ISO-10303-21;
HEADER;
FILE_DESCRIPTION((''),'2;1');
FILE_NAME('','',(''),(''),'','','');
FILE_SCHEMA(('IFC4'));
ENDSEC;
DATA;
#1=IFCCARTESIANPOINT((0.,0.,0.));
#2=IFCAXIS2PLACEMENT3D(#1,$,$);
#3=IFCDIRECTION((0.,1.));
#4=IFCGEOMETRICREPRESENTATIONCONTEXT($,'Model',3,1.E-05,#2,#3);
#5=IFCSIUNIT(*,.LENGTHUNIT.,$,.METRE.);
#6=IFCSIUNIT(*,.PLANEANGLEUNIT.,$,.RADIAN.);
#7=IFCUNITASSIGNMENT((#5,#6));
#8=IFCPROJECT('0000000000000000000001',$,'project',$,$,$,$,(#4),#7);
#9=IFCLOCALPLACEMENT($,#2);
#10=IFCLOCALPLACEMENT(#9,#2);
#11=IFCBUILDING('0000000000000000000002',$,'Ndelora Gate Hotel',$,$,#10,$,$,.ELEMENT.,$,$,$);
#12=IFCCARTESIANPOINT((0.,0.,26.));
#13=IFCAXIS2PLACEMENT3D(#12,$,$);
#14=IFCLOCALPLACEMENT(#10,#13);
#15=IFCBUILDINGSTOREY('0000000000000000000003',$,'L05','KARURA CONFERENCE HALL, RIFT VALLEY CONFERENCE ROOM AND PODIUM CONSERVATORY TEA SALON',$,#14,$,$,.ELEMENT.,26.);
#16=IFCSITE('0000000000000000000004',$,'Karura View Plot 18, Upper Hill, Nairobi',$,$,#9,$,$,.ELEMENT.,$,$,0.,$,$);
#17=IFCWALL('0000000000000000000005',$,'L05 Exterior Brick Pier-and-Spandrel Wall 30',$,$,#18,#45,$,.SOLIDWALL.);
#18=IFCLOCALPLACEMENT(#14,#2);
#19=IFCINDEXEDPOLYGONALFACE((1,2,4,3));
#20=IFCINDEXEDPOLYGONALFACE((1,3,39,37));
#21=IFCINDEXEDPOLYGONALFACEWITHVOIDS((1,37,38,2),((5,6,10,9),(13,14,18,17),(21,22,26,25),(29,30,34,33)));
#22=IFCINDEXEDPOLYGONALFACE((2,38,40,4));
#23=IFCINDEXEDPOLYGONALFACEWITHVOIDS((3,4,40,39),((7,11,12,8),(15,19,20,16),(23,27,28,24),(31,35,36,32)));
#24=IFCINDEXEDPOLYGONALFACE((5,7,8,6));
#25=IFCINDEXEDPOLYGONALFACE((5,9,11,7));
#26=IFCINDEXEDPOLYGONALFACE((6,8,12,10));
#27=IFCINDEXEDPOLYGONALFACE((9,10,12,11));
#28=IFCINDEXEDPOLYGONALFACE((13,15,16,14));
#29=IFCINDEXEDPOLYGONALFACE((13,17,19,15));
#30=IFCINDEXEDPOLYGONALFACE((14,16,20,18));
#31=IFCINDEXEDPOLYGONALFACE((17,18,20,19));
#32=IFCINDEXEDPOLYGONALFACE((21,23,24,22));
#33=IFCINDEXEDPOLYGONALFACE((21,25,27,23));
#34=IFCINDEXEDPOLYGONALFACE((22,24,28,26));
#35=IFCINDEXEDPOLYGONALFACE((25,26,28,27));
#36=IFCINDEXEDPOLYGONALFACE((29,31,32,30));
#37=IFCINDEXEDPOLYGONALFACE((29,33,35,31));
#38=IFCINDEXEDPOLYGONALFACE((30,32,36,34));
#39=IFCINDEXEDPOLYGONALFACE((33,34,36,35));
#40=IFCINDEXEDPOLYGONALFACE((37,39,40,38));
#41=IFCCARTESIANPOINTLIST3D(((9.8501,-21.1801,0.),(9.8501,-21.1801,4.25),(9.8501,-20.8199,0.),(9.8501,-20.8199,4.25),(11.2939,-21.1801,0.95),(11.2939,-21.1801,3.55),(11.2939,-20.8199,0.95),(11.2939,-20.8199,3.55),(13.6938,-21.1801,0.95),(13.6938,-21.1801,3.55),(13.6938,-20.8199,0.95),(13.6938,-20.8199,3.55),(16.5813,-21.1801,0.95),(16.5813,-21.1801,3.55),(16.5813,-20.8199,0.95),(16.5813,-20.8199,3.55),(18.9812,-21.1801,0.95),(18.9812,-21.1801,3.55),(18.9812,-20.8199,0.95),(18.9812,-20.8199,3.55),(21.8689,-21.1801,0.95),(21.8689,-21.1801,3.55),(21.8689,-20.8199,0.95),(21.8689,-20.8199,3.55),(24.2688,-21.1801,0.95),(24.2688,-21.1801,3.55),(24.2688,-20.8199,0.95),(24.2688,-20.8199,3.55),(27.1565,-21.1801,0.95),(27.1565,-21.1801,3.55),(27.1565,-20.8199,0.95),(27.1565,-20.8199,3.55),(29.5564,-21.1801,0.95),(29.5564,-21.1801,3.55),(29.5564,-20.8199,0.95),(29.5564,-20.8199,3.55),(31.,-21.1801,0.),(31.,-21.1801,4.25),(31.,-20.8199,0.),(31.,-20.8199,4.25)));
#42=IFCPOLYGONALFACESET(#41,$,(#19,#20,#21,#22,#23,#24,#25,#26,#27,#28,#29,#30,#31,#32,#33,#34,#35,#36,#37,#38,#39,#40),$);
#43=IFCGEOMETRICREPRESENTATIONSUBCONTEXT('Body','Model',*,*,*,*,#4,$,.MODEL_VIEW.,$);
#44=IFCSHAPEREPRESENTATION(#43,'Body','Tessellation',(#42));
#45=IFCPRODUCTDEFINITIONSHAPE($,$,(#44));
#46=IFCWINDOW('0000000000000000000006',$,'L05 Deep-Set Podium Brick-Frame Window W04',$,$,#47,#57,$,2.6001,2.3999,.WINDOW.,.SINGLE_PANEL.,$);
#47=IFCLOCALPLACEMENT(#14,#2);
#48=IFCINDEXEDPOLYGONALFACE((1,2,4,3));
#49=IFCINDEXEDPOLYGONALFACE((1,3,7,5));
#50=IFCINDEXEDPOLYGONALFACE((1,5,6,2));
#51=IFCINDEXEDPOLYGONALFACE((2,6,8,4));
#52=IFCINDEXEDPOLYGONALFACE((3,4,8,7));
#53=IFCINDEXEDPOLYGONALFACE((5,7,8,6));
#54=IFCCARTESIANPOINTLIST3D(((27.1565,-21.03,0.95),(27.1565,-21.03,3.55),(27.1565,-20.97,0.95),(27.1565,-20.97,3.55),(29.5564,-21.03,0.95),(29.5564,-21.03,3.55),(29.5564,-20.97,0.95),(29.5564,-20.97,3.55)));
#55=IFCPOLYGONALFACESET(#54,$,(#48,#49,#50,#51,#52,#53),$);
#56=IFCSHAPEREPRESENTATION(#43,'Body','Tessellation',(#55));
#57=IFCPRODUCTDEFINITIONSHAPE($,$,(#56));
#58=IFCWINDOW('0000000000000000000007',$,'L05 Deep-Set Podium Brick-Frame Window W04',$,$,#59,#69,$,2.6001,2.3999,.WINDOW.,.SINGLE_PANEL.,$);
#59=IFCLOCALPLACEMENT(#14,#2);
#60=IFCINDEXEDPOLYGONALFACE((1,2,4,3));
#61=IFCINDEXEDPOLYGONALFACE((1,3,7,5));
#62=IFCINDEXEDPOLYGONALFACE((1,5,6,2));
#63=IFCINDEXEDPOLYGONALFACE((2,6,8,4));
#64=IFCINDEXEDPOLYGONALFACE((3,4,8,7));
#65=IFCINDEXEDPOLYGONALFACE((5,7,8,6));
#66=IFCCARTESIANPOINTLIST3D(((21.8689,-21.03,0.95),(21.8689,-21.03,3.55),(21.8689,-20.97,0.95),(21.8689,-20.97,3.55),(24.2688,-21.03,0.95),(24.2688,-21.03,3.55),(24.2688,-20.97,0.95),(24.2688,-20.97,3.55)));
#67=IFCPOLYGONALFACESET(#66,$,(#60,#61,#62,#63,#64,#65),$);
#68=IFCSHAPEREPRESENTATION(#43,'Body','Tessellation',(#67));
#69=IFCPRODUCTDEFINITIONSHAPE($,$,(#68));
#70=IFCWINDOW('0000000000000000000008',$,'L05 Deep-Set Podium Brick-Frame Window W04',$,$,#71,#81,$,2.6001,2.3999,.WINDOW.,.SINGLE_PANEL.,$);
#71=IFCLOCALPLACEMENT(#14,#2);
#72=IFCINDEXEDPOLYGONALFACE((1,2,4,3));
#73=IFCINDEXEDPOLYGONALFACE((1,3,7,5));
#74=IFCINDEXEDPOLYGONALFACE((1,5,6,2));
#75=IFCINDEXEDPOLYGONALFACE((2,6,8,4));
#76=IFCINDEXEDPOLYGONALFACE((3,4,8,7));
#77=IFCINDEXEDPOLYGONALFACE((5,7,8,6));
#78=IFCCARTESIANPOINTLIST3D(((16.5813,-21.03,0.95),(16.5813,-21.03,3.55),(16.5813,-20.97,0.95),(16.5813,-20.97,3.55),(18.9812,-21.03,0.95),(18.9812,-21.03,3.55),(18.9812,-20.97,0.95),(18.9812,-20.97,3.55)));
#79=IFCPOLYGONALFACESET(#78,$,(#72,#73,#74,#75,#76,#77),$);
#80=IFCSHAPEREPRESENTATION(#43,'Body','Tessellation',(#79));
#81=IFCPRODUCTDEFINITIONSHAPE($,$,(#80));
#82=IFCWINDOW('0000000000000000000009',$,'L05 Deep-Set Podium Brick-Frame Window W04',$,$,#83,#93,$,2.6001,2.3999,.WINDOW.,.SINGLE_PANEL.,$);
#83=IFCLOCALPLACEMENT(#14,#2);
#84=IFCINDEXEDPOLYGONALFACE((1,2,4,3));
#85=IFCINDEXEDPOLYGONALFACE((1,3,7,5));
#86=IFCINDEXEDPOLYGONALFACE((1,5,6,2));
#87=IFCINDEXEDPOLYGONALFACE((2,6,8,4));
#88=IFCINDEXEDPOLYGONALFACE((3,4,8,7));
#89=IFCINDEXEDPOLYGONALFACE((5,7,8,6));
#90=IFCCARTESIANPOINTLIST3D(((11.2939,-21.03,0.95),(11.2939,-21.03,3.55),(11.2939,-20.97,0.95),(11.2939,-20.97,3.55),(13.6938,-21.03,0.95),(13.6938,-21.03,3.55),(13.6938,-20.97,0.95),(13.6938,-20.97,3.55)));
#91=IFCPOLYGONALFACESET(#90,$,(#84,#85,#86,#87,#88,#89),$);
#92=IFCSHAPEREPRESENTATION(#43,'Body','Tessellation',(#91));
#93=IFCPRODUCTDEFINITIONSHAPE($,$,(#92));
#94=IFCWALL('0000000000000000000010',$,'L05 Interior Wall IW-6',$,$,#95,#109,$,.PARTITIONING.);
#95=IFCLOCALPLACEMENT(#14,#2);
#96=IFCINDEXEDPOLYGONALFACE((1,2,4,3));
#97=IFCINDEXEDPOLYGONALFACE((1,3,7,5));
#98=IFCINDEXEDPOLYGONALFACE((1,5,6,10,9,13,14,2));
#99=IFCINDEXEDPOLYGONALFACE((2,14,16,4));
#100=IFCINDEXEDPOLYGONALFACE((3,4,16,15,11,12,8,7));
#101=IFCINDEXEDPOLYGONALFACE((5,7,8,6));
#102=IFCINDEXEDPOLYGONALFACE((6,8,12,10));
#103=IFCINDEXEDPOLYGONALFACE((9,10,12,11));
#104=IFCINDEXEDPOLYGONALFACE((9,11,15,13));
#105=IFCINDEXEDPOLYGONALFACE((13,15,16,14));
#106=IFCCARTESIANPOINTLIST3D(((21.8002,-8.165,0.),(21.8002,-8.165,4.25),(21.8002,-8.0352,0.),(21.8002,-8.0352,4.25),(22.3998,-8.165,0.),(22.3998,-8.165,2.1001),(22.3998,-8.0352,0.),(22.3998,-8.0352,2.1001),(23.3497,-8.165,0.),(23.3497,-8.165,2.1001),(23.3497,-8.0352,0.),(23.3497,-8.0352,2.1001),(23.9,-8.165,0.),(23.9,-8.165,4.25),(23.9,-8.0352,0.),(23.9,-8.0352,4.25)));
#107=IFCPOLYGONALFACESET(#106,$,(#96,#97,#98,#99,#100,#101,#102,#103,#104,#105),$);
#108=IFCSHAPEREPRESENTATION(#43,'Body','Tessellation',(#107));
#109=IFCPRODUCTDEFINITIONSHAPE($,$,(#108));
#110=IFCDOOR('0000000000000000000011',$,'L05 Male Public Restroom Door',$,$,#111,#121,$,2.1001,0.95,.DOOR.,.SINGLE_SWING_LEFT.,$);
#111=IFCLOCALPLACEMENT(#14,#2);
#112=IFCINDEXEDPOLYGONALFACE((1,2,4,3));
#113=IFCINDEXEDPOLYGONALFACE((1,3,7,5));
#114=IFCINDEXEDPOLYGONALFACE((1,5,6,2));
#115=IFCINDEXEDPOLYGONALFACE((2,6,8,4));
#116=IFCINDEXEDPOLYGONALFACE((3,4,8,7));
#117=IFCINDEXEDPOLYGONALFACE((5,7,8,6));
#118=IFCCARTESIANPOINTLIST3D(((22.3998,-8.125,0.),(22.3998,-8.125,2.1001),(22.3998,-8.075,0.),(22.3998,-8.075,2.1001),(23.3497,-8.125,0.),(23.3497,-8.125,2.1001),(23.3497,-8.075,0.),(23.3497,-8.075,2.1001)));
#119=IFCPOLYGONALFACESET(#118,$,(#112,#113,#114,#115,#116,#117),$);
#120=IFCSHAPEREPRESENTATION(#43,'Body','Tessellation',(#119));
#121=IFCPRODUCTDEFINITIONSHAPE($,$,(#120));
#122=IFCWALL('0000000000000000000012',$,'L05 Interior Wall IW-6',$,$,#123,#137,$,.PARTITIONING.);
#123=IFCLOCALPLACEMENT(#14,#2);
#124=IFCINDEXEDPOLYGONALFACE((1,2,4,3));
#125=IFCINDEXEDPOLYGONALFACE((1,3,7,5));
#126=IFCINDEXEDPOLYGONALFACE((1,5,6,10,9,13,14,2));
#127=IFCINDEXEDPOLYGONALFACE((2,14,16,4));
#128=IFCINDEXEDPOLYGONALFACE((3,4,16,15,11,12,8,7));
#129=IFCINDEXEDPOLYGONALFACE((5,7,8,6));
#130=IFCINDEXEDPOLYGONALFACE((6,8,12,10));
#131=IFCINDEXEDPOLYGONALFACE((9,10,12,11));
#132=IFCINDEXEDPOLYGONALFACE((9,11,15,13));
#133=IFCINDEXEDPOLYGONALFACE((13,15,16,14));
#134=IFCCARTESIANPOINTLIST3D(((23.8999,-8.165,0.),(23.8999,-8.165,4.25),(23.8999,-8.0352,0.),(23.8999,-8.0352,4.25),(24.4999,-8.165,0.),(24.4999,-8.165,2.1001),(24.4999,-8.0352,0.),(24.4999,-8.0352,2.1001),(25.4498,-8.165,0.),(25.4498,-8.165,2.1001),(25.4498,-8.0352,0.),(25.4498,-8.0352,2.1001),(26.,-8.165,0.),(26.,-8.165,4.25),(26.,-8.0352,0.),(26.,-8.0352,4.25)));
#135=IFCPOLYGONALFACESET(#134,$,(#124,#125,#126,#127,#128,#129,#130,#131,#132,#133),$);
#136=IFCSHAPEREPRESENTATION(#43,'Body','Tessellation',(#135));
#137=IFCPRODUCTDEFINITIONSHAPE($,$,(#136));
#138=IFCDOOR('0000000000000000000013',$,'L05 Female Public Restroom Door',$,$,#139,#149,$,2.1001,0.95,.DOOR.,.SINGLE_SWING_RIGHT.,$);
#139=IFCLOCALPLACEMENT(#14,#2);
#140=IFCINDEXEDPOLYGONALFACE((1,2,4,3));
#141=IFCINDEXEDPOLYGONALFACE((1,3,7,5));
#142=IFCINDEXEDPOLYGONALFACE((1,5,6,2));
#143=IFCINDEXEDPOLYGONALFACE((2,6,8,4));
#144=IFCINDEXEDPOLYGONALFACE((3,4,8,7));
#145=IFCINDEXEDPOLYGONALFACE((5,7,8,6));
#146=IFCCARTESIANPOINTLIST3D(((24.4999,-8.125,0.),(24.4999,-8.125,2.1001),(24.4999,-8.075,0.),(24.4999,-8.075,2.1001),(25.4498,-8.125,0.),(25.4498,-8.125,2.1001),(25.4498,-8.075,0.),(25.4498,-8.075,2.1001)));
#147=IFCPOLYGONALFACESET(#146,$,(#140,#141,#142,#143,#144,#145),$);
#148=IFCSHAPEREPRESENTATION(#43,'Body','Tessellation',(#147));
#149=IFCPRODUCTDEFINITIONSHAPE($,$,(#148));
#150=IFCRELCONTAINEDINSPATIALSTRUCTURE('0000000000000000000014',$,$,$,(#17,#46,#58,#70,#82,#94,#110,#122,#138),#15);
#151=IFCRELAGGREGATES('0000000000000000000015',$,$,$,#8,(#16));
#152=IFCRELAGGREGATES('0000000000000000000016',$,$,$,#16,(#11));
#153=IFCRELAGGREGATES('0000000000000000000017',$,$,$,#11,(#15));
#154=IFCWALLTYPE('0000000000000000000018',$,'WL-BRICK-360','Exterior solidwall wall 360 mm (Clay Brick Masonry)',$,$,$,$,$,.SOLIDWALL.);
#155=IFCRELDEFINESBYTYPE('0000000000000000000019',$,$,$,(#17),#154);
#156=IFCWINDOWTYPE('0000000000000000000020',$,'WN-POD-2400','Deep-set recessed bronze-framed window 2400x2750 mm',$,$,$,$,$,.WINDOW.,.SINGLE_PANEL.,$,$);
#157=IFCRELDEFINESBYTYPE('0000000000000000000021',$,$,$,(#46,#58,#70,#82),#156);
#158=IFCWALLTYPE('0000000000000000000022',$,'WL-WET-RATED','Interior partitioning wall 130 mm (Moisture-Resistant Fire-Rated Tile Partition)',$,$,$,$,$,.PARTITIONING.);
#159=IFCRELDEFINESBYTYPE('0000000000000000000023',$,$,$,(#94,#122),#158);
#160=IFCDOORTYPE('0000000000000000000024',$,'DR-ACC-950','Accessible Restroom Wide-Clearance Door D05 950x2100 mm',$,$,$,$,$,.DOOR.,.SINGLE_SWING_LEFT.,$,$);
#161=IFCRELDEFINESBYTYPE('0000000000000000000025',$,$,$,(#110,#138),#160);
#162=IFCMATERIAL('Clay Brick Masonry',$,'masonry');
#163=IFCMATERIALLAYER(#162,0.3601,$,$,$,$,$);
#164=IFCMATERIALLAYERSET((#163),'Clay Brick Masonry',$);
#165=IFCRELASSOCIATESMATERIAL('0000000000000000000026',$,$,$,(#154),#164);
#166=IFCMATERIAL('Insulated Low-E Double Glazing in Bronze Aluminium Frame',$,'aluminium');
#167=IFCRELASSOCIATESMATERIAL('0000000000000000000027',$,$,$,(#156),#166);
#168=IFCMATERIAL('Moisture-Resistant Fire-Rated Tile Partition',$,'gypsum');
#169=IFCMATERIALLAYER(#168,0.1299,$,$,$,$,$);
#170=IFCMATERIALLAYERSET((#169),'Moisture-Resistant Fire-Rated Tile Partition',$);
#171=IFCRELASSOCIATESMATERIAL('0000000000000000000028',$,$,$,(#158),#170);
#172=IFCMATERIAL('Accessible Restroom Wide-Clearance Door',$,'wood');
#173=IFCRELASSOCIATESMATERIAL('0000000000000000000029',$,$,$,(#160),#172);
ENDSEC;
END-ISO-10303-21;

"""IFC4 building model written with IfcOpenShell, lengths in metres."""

from ifc_helpers import new_model, si_unit, direction, frame, frame_2d, origin, place, context, subcontext, project, spatial, rectangle, extrude, material, layer, layer_set, type_object, element, fill, save


model = new_model("IFC4")

# Units and contexts
model_context = context("Model", 3, precision=1e-05, world=origin(), true_north=direction((0.0, 1.0)))
body_context = subcontext(model_context, "Body", "Model", "MODEL_VIEW")
ifc_project = project(units=[si_unit("LENGTHUNIT", "METRE"), si_unit("PLANEANGLEUNIT", "RADIAN")], contexts=[model_context])

# Site, building, storey
site_placement = place(None, origin())
site = spatial("IfcSite", under=ifc_project, at=site_placement, Name="Karura View Plot 18, Upper Hill, Nairobi", CompositionType="ELEMENT", RefElevation=0.0)
building_placement = place(site_placement, origin())
building = spatial("IfcBuilding", under=site, at=building_placement, Name="Ndelora Gate Hotel", CompositionType="ELEMENT")
storey_placement = place(building_placement, frame((0.0, 0.0, 26.0)))
storey = spatial("IfcBuildingStorey", under=building, at=storey_placement, Name="L05", Description="KARURA CONFERENCE HALL, RIFT VALLEY CONFERENCE ROOM AND PODIUM CONSERVATORY TEA SALON", CompositionType="ELEMENT", Elevation=26.0)

# Shared definitions
ifc_material_1 = material(Name="Clay Brick Masonry", Category="masonry")
ifc_layer_1 = layer(ifc_material_1, 0.3601)
ifc_layer_set_1 = layer_set([ifc_layer_1], Name="Clay Brick Masonry")
wall_type_1 = type_object("IfcWallType", Name="WL-BRICK-360", Description="Exterior solidwall wall 360 mm (Clay Brick Masonry)", PredefinedType="SOLIDWALL", material=ifc_layer_set_1)

# Wall, openings, windows
wall_1_placement = place(storey_placement, frame((31.0, -21.0, 0.0), z_axis=(0.0, 0.0, 1.0), x_axis=(-1.0, 0.0, 0.0)))
wall_1 = element("IfcWall", 1, at=wall_1_placement, inside=storey, type_object=wall_type_1, Name="L05 Exterior Brick Pier-and-Spandrel Wall 30", PredefinedType="SOLIDWALL", context=body_context, shape_type="SweptSolid", body=[
    extrude(rectangle(XDim=21.1499, YDim=0.3601, at=frame_2d((10.575, 0.0))), origin(), (0.0, 0.0, 1.0), 4.25),
])
opening_1_placement = place(wall_1_placement, frame((1.4436, 0.0, 0.95)))
opening_1 = element("IfcOpeningElement", 2, at=opening_1_placement, cuts=wall_1, PredefinedType="OPENING", context=body_context, shape_type="SweptSolid", body=[
    extrude(rectangle(XDim=2.3999, YDim=2.6001, at=frame_2d((1.2, 1.3))), frame((0.0, 0.1899, 0.0), z_axis=(0.0, -1.0, 0.0), x_axis=(1.0, 0.0, 0.0)), (0.0, 0.0, 1.0), 0.3801),
])
opening_2_placement = place(wall_1_placement, frame((6.7312, 0.0, 0.95)))
opening_2 = element("IfcOpeningElement", 3, at=opening_2_placement, cuts=wall_1, PredefinedType="OPENING", context=body_context, shape_type="SweptSolid", body=[
    extrude(rectangle(XDim=2.3999, YDim=2.6001, at=frame_2d((1.2, 1.3))), frame((0.0, 0.1899, 0.0), z_axis=(0.0, -1.0, 0.0), x_axis=(1.0, 0.0, 0.0)), (0.0, 0.0, 1.0), 0.3801),
])
opening_3_placement = place(wall_1_placement, frame((12.0188, 0.0, 0.95)))
opening_3 = element("IfcOpeningElement", 4, at=opening_3_placement, cuts=wall_1, PredefinedType="OPENING", context=body_context, shape_type="SweptSolid", body=[
    extrude(rectangle(XDim=2.3999, YDim=2.6001, at=frame_2d((1.2, 1.3))), frame((0.0, 0.1899, 0.0), z_axis=(0.0, -1.0, 0.0), x_axis=(1.0, 0.0, 0.0)), (0.0, 0.0, 1.0), 0.3801),
])
opening_4_placement = place(wall_1_placement, frame((17.3062, 0.0, 0.95)))
opening_4 = element("IfcOpeningElement", 5, at=opening_4_placement, cuts=wall_1, PredefinedType="OPENING", context=body_context, shape_type="SweptSolid", body=[
    extrude(rectangle(XDim=2.3999, YDim=2.6001, at=frame_2d((1.2, 1.3))), frame((0.0, 0.1899, 0.0), z_axis=(0.0, -1.0, 0.0), x_axis=(1.0, 0.0, 0.0)), (0.0, 0.0, 1.0), 0.3801),
])
ifc_material_2 = material(Name="Insulated Low-E Double Glazing in Bronze Aluminium Frame", Category="aluminium")
window_type = type_object("IfcWindowType", Name="WN-POD-2400", Description="Deep-set recessed bronze-framed window 2400x2750 mm", PartitioningType="SINGLE_PANEL", PredefinedType="WINDOW", material=ifc_material_2)
window_1_placement = place(opening_1_placement, origin())
window_1 = element("IfcWindow", 6, at=window_1_placement, inside=storey, type_object=window_type, Name="L05 Deep-Set Podium Brick-Frame Window W04", OverallHeight=2.6001, OverallWidth=2.3999, PartitioningType="SINGLE_PANEL", PredefinedType="WINDOW", context=body_context, shape_type="SweptSolid", body=[
    extrude(rectangle(XDim=2.3999, YDim=2.6001, at=frame_2d((1.2, 1.3))), frame((0.0, 0.03, 0.0), z_axis=(0.0, -1.0, 0.0), x_axis=(1.0, 0.0, 0.0)), (0.0, 0.0, 1.0), 0.0601),
])
fill(opening_1, window_1)
window_2_placement = place(opening_2_placement, origin())
window_2 = element("IfcWindow", 7, at=window_2_placement, inside=storey, type_object=window_type, Name="L05 Deep-Set Podium Brick-Frame Window W04", OverallHeight=2.6001, OverallWidth=2.3999, PartitioningType="SINGLE_PANEL", PredefinedType="WINDOW", context=body_context, shape_type="SweptSolid", body=[
    extrude(rectangle(XDim=2.3999, YDim=2.6001, at=frame_2d((1.2, 1.3))), frame((0.0, 0.03, 0.0), z_axis=(0.0, -1.0, 0.0), x_axis=(1.0, 0.0, 0.0)), (0.0, 0.0, 1.0), 0.0601),
])
fill(opening_2, window_2)
window_3_placement = place(opening_3_placement, origin())
window_3 = element("IfcWindow", 8, at=window_3_placement, inside=storey, type_object=window_type, Name="L05 Deep-Set Podium Brick-Frame Window W04", OverallHeight=2.6001, OverallWidth=2.3999, PartitioningType="SINGLE_PANEL", PredefinedType="WINDOW", context=body_context, shape_type="SweptSolid", body=[
    extrude(rectangle(XDim=2.3999, YDim=2.6001, at=frame_2d((1.2, 1.3))), frame((0.0, 0.03, 0.0), z_axis=(0.0, -1.0, 0.0), x_axis=(1.0, 0.0, 0.0)), (0.0, 0.0, 1.0), 0.0601),
])
fill(opening_3, window_3)
window_4_placement = place(opening_4_placement, origin())
window_4 = element("IfcWindow", 9, at=window_4_placement, inside=storey, type_object=window_type, Name="L05 Deep-Set Podium Brick-Frame Window W04", OverallHeight=2.6001, OverallWidth=2.3999, PartitioningType="SINGLE_PANEL", PredefinedType="WINDOW", context=body_context, shape_type="SweptSolid", body=[
    extrude(rectangle(XDim=2.3999, YDim=2.6001, at=frame_2d((1.2, 1.3))), frame((0.0, 0.03, 0.0), z_axis=(0.0, -1.0, 0.0), x_axis=(1.0, 0.0, 0.0)), (0.0, 0.0, 1.0), 0.0601),
])
fill(opening_4, window_4)

# Walls, openings, doors
ifc_material_3 = material(Name="Moisture-Resistant Fire-Rated Tile Partition", Category="gypsum")
ifc_layer_2 = layer(ifc_material_3, 0.1299)
ifc_layer_set_2 = layer_set([ifc_layer_2], Name="Moisture-Resistant Fire-Rated Tile Partition")
wall_type_2 = type_object("IfcWallType", Name="WL-WET-RATED", Description="Interior partitioning wall 130 mm (Moisture-Resistant Fire-Rated Tile Partition)", PredefinedType="PARTITIONING", material=ifc_layer_set_2)
wall_2_placement = place(storey_placement, frame((23.8999, -8.1001, 0.0), z_axis=(0.0, 0.0, 1.0), x_axis=(-1.0, 0.0, 0.0)))
wall_2 = element("IfcWall", 10, at=wall_2_placement, inside=storey, type_object=wall_type_2, Name="L05 Interior Wall IW-6", PredefinedType="PARTITIONING", context=body_context, shape_type="SweptSolid", body=[
    extrude(rectangle(XDim=2.0999, YDim=0.1299, at=frame_2d((1.0498, 0.0))), origin(), (0.0, 0.0, 1.0), 4.25),
])
opening_5_placement = place(wall_2_placement, frame((0.55, 0.0, 0.0)))
opening_5 = element("IfcOpeningElement", 11, at=opening_5_placement, cuts=wall_2, PredefinedType="OPENING", context=body_context, shape_type="SweptSolid", body=[
    extrude(rectangle(XDim=0.95, YDim=2.1001, at=frame_2d((0.4751, 1.05))), frame((0.0, 0.075, 0.0), z_axis=(0.0, -1.0, 0.0), x_axis=(1.0, 0.0, 0.0)), (0.0, 0.0, 1.0), 0.1499),
])
ifc_material_4 = material(Name="Accessible Restroom Wide-Clearance Door", Category="wood")
door_type = type_object("IfcDoorType", Name="DR-ACC-950", Description="Accessible Restroom Wide-Clearance Door D05 950x2100 mm", OperationType="SINGLE_SWING_LEFT", PredefinedType="DOOR", material=ifc_material_4)
door_1_placement = place(opening_5_placement, origin())
door_1 = element("IfcDoor", 12, at=door_1_placement, inside=storey, type_object=door_type, Name="L05 Male Public Restroom Door", OperationType="SINGLE_SWING_LEFT", OverallHeight=2.1001, OverallWidth=0.95, PredefinedType="DOOR", context=body_context, shape_type="SweptSolid", body=[
    extrude(rectangle(XDim=0.95, YDim=2.1001, at=frame_2d((0.4751, 1.05))), frame((0.0, 0.0249, 0.0), z_axis=(0.0, -1.0, 0.0), x_axis=(1.0, 0.0, 0.0)), (0.0, 0.0, 1.0), 0.05),
])
fill(opening_5, door_1)
wall_3_placement = place(storey_placement, frame((26.0, -8.1001, 0.0), z_axis=(0.0, 0.0, 1.0), x_axis=(-1.0, 0.0, 0.0)))
wall_3 = element("IfcWall", 13, at=wall_3_placement, inside=storey, type_object=wall_type_2, Name="L05 Interior Wall IW-6", PredefinedType="PARTITIONING", context=body_context, shape_type="SweptSolid", body=[
    extrude(rectangle(XDim=2.1001, YDim=0.1299, at=frame_2d((1.05, 0.0))), origin(), (0.0, 0.0, 1.0), 4.25),
])
opening_6_placement = place(wall_3_placement, frame((0.55, 0.0, 0.0)))
opening_6 = element("IfcOpeningElement", 14, at=opening_6_placement, cuts=wall_3, PredefinedType="OPENING", context=body_context, shape_type="SweptSolid", body=[
    extrude(rectangle(XDim=0.95, YDim=2.1001, at=frame_2d((0.4751, 1.05))), frame((0.0, 0.075, 0.0), z_axis=(0.0, -1.0, 0.0), x_axis=(1.0, 0.0, 0.0)), (0.0, 0.0, 1.0), 0.1499),
])
door_2_placement = place(opening_6_placement, origin())
door_2 = element("IfcDoor", 15, at=door_2_placement, inside=storey, type_object=door_type, Name="L05 Female Public Restroom Door", OperationType="SINGLE_SWING_RIGHT", OverallHeight=2.1001, OverallWidth=0.95, PredefinedType="DOOR", context=body_context, shape_type="SweptSolid", body=[
    extrude(rectangle(XDim=0.95, YDim=2.1001, at=frame_2d((0.4751, 1.05))), frame((0.0, 0.0249, 0.0), z_axis=(0.0, -1.0, 0.0), x_axis=(1.0, 0.0, 0.0)), (0.0, 0.0, 1.0), 0.05),
])
fill(opening_6, door_2)

save(model, "model.ifc")
